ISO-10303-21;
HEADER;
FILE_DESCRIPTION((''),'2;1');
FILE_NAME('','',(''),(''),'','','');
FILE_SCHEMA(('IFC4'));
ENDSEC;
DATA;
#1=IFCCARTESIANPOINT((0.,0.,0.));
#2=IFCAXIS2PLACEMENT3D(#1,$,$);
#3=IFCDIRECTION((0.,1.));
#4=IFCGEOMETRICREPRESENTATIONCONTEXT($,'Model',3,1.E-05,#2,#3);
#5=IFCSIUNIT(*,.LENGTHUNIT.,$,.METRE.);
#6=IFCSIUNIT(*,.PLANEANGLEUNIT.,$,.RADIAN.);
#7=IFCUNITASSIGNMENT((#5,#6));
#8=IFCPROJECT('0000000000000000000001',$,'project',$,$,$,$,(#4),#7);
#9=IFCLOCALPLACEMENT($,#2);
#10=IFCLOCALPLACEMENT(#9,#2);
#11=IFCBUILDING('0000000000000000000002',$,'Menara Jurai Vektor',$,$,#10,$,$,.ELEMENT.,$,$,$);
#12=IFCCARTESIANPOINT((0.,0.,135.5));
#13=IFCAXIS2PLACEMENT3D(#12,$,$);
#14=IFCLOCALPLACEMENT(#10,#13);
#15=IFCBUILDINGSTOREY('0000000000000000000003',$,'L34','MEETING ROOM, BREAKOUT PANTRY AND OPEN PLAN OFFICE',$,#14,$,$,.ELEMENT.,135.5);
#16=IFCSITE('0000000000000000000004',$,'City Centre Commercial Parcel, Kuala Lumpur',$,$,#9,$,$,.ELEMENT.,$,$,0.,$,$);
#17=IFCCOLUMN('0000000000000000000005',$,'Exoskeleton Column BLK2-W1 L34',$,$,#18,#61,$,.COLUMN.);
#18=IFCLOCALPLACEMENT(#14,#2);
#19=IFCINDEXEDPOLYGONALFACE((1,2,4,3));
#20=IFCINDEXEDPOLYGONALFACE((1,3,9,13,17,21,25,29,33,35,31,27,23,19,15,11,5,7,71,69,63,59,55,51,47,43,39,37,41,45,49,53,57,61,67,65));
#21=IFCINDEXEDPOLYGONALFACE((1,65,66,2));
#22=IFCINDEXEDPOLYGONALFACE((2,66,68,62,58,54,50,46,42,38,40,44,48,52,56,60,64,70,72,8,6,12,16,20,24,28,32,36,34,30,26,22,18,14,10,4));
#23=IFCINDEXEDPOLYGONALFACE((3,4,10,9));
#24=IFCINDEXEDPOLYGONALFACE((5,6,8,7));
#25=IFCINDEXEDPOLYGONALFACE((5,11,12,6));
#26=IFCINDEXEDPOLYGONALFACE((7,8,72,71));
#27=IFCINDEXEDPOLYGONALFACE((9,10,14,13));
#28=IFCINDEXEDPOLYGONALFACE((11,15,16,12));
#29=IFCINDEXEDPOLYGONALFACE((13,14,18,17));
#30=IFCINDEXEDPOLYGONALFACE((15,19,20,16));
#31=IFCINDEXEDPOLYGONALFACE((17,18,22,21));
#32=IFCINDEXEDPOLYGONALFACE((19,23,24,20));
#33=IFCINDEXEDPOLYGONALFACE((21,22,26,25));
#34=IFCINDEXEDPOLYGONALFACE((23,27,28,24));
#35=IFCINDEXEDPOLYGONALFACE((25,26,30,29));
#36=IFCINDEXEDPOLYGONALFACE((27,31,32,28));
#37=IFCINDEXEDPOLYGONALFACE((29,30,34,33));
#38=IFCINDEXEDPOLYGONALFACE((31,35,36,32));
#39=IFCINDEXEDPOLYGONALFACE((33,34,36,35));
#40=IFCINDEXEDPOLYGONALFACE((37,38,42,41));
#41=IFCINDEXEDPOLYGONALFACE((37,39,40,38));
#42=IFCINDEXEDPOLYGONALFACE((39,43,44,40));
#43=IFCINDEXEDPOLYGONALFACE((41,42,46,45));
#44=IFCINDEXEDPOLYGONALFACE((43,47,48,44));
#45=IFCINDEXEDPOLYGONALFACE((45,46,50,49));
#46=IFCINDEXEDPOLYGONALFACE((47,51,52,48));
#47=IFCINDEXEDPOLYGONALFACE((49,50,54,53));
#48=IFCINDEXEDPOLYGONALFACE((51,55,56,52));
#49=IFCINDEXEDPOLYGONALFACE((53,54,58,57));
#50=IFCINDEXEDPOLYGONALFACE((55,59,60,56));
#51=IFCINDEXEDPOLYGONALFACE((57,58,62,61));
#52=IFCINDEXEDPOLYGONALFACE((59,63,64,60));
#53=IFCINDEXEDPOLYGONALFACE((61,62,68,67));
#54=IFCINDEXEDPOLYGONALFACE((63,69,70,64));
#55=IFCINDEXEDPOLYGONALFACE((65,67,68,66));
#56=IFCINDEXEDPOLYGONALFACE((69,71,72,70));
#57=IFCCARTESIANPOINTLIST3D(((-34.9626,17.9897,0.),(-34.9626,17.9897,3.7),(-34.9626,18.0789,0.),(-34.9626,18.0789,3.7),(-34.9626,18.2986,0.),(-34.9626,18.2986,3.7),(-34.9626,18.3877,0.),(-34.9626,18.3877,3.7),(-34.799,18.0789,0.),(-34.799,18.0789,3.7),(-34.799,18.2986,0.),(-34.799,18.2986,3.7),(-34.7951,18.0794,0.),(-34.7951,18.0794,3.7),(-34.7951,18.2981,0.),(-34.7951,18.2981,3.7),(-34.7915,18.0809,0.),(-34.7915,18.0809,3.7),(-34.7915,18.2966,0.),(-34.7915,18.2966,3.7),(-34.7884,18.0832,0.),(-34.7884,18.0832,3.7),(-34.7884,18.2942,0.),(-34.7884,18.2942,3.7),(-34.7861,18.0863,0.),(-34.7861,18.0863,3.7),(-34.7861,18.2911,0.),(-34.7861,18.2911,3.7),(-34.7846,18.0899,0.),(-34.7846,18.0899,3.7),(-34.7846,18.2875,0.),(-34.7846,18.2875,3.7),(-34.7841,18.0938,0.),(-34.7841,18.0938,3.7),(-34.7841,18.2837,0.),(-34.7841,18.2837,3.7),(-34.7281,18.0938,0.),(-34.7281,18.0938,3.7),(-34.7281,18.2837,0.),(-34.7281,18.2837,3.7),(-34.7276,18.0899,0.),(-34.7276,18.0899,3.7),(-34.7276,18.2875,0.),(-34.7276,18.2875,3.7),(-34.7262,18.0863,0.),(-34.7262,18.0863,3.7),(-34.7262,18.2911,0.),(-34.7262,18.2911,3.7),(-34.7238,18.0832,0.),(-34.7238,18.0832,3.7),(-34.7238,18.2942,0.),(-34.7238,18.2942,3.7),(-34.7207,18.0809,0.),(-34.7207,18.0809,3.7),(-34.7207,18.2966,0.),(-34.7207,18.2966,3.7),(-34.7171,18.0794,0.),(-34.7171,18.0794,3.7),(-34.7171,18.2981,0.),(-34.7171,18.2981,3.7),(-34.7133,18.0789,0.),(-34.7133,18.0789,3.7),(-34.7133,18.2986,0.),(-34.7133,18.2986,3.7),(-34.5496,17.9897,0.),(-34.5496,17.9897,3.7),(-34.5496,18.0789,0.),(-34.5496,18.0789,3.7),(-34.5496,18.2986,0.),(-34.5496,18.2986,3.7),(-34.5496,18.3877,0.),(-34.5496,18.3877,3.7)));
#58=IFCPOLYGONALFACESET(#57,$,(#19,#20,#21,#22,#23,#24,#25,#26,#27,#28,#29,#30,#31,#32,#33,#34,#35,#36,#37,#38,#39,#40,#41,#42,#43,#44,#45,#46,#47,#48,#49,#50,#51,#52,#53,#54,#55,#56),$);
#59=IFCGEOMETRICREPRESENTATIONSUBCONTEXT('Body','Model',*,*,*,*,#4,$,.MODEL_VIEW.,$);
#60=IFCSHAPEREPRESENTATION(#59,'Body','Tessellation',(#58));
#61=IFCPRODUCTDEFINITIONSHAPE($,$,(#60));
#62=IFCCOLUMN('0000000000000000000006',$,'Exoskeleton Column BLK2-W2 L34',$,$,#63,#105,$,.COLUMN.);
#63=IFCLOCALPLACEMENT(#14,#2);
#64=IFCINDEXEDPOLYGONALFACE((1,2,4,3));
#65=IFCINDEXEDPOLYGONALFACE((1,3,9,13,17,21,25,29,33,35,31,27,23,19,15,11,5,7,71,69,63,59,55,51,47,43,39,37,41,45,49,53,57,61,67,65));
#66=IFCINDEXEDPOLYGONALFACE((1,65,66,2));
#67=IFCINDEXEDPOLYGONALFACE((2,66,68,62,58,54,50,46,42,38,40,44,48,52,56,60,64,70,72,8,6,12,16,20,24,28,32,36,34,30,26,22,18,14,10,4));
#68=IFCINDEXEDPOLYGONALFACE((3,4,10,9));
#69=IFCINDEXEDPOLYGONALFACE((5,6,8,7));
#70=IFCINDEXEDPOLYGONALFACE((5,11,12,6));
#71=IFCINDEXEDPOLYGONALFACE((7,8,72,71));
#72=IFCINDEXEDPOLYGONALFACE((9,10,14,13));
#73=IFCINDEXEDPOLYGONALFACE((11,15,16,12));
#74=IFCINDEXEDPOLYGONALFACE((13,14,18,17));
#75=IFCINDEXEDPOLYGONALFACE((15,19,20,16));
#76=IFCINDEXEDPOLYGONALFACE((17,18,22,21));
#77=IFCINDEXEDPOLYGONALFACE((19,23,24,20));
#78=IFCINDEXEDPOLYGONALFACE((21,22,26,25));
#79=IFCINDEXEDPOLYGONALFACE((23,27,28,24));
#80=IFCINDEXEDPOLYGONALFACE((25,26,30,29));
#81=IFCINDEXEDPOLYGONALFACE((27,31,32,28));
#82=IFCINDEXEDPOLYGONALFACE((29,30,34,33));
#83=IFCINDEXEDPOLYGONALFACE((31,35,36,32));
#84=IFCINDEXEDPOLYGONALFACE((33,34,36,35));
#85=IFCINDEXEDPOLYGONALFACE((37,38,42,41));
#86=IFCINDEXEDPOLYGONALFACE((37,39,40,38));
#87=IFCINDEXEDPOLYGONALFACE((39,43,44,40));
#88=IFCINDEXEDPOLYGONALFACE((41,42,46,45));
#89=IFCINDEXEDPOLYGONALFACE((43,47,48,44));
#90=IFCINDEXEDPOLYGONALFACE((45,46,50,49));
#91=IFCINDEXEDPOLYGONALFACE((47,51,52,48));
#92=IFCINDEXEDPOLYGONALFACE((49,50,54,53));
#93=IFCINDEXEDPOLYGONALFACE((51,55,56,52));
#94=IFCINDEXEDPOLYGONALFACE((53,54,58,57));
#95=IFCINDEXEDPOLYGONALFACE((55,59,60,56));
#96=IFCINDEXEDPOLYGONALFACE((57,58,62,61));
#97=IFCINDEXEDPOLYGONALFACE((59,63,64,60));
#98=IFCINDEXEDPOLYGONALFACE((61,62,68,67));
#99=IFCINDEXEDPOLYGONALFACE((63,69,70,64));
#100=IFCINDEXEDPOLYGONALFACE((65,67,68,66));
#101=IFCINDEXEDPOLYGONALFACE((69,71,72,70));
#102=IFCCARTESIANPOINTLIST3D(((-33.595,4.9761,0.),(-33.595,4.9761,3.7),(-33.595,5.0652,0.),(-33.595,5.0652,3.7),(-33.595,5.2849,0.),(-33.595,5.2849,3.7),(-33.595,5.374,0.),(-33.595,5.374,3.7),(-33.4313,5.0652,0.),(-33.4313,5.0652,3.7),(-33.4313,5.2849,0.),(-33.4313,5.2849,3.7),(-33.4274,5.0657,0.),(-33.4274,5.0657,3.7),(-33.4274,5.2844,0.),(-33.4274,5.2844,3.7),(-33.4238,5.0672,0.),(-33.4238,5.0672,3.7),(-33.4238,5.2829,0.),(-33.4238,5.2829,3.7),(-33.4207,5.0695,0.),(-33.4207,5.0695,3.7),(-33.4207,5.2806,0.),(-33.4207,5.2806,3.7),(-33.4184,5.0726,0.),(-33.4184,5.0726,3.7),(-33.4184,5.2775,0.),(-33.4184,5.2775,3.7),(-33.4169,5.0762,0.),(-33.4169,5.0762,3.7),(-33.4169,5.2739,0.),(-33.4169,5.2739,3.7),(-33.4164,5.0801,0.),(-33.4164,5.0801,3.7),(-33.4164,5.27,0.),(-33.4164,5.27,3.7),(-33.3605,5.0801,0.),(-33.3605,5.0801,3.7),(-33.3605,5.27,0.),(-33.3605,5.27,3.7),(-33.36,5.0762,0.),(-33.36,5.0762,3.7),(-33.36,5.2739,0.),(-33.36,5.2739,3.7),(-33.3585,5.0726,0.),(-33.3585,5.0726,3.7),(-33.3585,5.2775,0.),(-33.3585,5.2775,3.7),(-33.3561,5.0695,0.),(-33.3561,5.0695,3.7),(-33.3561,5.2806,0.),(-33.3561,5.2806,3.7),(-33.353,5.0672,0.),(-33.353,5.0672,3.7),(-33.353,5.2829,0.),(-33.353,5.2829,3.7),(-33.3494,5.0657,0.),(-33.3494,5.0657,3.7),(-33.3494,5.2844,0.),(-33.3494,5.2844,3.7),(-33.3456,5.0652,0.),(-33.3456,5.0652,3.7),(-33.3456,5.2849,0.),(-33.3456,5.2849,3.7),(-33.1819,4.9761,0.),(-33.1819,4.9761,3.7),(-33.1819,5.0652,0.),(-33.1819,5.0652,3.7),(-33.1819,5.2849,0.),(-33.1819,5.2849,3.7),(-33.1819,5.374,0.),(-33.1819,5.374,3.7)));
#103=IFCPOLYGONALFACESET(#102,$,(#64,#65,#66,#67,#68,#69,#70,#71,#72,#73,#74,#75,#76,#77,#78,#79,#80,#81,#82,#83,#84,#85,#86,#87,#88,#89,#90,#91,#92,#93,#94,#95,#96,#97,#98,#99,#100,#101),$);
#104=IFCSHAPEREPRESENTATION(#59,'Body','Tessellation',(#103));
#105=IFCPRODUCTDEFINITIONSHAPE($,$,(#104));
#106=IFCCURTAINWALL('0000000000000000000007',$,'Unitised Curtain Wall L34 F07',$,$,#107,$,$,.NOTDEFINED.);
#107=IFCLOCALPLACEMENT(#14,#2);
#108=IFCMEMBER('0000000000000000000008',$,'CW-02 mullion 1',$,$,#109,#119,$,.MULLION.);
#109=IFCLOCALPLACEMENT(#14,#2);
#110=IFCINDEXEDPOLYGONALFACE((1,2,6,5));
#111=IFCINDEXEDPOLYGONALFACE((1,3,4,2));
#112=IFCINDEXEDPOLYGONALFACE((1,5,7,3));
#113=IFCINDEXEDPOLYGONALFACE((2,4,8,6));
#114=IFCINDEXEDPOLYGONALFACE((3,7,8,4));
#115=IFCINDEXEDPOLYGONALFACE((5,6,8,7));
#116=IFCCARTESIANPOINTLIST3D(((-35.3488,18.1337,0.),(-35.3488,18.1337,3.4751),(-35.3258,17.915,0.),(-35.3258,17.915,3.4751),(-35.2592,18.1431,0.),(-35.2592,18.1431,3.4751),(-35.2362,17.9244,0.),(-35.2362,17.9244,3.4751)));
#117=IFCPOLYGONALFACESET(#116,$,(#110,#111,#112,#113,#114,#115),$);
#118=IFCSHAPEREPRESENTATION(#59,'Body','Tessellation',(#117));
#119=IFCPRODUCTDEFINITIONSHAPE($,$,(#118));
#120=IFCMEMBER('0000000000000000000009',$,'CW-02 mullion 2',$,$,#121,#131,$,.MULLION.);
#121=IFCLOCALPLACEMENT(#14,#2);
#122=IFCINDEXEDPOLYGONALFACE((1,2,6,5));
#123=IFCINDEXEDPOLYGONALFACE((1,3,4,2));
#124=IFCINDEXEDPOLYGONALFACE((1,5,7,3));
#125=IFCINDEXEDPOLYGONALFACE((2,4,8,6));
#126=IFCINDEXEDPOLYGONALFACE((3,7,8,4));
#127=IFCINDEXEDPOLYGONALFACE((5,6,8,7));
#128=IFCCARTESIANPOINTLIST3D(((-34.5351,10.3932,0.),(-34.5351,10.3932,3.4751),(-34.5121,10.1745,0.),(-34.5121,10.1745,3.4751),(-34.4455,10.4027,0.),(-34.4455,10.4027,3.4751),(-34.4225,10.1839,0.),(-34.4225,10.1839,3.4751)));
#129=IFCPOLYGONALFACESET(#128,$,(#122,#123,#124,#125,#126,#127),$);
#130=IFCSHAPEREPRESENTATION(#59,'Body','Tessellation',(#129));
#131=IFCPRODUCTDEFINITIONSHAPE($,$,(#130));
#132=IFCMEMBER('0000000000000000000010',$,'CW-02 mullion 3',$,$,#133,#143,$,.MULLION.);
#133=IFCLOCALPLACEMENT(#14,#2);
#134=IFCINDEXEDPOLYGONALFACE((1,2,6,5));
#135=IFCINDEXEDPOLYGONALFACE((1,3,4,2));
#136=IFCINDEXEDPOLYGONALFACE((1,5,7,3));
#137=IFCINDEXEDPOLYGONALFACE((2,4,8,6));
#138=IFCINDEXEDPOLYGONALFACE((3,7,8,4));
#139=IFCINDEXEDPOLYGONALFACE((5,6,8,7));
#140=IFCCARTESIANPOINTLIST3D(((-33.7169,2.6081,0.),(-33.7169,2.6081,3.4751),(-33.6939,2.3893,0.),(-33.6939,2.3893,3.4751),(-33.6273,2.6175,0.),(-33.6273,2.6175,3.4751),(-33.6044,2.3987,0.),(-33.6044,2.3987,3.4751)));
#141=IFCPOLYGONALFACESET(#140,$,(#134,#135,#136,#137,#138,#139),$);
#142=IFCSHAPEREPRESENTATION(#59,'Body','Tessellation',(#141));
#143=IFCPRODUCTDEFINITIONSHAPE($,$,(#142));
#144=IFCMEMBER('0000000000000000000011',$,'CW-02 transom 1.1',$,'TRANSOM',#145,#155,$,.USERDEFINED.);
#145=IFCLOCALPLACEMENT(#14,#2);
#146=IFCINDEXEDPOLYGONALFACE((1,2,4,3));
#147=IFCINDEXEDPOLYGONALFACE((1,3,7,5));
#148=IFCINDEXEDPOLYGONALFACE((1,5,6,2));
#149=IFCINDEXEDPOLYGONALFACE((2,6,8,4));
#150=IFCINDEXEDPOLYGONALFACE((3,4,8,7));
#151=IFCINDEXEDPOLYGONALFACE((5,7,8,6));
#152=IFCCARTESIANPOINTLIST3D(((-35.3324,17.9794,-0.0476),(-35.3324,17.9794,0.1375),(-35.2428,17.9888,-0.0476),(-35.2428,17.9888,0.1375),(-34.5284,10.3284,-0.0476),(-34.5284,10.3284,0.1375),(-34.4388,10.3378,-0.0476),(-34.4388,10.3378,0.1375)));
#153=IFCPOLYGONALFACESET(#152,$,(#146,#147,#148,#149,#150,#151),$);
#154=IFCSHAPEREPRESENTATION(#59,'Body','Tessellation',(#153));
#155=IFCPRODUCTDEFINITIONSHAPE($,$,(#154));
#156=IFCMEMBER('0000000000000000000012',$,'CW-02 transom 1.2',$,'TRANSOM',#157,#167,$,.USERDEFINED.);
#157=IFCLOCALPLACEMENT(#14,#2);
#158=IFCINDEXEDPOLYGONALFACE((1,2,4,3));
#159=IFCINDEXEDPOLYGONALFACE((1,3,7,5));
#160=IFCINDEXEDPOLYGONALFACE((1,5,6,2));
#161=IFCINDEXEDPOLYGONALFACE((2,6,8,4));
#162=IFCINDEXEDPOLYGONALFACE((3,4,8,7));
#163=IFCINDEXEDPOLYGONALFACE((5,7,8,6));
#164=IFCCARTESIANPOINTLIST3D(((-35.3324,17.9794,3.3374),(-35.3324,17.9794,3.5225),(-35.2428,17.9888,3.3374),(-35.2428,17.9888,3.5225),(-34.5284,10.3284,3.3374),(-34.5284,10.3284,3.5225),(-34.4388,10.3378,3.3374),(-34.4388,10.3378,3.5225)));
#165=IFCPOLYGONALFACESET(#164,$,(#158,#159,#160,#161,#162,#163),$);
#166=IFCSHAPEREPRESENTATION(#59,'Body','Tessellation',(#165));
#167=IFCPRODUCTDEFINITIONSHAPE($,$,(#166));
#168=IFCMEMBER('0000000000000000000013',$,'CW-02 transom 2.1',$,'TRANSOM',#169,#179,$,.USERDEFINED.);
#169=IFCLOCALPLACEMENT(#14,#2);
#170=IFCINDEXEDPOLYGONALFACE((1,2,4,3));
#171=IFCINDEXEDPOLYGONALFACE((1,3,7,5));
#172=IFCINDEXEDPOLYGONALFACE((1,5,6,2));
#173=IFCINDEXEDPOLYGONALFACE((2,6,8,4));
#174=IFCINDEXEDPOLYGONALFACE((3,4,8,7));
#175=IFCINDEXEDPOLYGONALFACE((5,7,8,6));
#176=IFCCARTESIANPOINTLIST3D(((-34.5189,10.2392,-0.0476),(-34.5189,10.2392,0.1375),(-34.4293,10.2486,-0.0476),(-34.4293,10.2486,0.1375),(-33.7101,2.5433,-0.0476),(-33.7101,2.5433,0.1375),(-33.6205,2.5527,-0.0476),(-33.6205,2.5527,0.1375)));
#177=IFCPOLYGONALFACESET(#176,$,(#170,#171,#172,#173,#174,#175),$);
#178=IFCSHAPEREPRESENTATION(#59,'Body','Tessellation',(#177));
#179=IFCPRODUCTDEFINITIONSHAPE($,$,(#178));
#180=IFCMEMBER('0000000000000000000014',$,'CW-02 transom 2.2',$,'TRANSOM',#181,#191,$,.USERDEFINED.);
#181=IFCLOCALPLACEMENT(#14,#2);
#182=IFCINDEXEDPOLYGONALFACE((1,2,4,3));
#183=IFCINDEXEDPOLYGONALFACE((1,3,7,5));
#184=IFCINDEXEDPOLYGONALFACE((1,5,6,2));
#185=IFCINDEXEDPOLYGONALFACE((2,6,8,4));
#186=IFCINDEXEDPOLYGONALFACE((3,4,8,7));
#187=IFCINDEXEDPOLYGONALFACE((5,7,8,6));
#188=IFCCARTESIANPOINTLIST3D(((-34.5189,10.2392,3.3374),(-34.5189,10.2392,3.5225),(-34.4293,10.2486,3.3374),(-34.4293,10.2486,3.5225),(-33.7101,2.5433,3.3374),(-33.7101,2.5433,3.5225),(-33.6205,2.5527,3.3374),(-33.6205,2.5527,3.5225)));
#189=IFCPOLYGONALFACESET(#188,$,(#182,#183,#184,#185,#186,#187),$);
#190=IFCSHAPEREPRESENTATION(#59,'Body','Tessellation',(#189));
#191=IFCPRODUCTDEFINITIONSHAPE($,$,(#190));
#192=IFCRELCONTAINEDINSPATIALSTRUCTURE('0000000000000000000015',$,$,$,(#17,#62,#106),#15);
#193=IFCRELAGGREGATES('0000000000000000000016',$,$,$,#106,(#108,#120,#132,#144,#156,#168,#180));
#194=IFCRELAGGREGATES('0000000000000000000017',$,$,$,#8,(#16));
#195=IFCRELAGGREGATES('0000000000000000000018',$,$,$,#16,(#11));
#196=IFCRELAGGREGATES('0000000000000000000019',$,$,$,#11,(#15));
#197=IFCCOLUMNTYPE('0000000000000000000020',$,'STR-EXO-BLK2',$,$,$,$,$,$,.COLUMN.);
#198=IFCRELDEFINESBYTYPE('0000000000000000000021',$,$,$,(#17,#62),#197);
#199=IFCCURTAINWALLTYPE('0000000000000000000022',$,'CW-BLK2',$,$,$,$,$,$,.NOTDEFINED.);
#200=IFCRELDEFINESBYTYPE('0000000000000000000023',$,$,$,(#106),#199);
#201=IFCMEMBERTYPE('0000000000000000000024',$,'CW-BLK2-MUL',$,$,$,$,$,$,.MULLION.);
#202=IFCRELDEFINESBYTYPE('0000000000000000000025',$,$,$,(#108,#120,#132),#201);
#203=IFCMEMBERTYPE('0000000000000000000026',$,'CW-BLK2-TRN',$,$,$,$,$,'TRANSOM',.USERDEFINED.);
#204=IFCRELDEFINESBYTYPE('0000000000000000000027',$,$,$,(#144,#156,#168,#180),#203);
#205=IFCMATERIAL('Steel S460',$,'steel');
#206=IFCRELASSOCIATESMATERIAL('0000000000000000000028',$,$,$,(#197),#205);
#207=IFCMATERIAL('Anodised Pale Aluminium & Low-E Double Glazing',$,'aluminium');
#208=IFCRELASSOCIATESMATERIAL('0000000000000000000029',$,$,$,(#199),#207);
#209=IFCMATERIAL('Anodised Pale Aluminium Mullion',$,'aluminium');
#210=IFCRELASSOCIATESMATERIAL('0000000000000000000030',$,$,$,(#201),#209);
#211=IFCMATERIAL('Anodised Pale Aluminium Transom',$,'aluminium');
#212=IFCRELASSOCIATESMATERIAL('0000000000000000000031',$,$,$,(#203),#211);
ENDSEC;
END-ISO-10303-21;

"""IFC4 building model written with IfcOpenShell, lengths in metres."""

from ifc_helpers import new_model, si_unit, direction, frame, origin, origin_2d, place, context, subcontext, project, spatial, rectangle, i_section, extrude, material, material_profile, profile_set, type_object, element, aggregate, save


model = new_model("IFC4")

# Units and contexts
model_context = context("Model", 3, precision=1e-05, world=origin(), true_north=direction((0.0, 1.0)))
body_context = subcontext(model_context, "Body", "Model", "MODEL_VIEW")
ifc_project = project(units=[si_unit("LENGTHUNIT", "METRE"), si_unit("PLANEANGLEUNIT", "RADIAN")], contexts=[model_context])

# Site, building, storey
site_placement = place(None, origin())
site = spatial("IfcSite", under=ifc_project, at=site_placement, Name="City Centre Commercial Parcel, Kuala Lumpur", CompositionType="ELEMENT", RefElevation=0.0)
building_placement = place(site_placement, origin())
building = spatial("IfcBuilding", under=site, at=building_placement, Name="Menara Jurai Vektor", CompositionType="ELEMENT")
storey_placement = place(building_placement, frame((0.0, 0.0, 135.5)))
storey = spatial("IfcBuildingStorey", under=building, at=storey_placement, Name="L34", Description="MEETING ROOM, BREAKOUT PANTRY AND OPEN PLAN OFFICE", CompositionType="ELEMENT", Elevation=135.5)

# Columns
ifc_material_1 = material(Name="Steel S460", Category="steel")
ifc_material_profile_1 = material_profile(ifc_material_1, i_section(OverallWidth=0.4131, OverallDepth=0.3979, WebThickness=0.0559, FlangeThickness=0.0891, FilletRadius=0.0149, at=origin_2d()), Name="HD 400x744")
ifc_profile_set_1 = profile_set([ifc_material_profile_1], Name="Steel S460")
column_type = type_object("IfcColumnType", Name="STR-EXO-BLK2", PredefinedType="COLUMN", material=ifc_profile_set_1)
for number, where, z_axis, x_axis, name in (
    (1, (-34.7561, 18.1887, 0.0), (0.0, 0.0, 1.0), (1.0, 0.0, 0.0), "Exoskeleton Column BLK2-W1 L34"),
    (2, (-33.3884, 5.175, 0.0), (0.0, 0.0, 1.0), (1.0, 0.0, 0.0), "Exoskeleton Column BLK2-W2 L34"),
):
    element("IfcColumn", number, at=place(storey_placement, frame(where, z_axis=z_axis, x_axis=x_axis)), inside=storey, type_object=column_type, Name=name, PredefinedType="COLUMN", context=body_context, shape_type="SweptSolid", body=[
        extrude(i_section(OverallWidth=0.4131, OverallDepth=0.3979, WebThickness=0.0559, FlangeThickness=0.0891, FilletRadius=0.0149, at=origin_2d()), origin(), (0.0, 0.0, 1.0), 3.7),
    ])

# Curtain wall, members
ifc_material_2 = material(Name="Anodised Pale Aluminium & Low-E Double Glazing", Category="aluminium")
curtain_wall_type = type_object("IfcCurtainWallType", Name="CW-BLK2", PredefinedType="NOTDEFINED", material=ifc_material_2)
curtain_wall_placement = place(storey_placement, origin())
curtain_wall = element("IfcCurtainWall", 3, at=curtain_wall_placement, inside=storey, type_object=curtain_wall_type, Name="Unitised Curtain Wall L34 F07", PredefinedType="NOTDEFINED")
ifc_material_3 = material(Name="Anodised Pale Aluminium Mullion", Category="aluminium")
ifc_material_profile_2 = material_profile(ifc_material_3, rectangle(XDim=0.0901, YDim=0.22, at=origin_2d()), Name="ALU MUL 90x220")
ifc_profile_set_2 = profile_set([ifc_material_profile_2], Name="Anodised Pale Aluminium Mullion")
member_type_1 = type_object("IfcMemberType", Name="CW-BLK2-MUL", PredefinedType="MULLION", material=ifc_profile_set_2)
member_1_placement = place(storey_placement, frame((-35.2925, 18.0291, 0.0), z_axis=(0.0, 0.0, 1.0), x_axis=(0.994522, 0.10453, 0.0)))
member_1 = element("IfcMember", 4, at=member_1_placement, type_object=member_type_1, Name="CW-02 mullion 1", PredefinedType="MULLION", context=body_context, shape_type="SweptSolid", body=[
    extrude(rectangle(XDim=0.0901, YDim=0.22, at=origin_2d()), origin(), (0.0, 0.0, 1.0), 3.4751),
])
member_2_placement = place(storey_placement, frame((-34.4788, 10.2886, 0.0), z_axis=(0.0, 0.0, 1.0), x_axis=(0.994522, 0.10453, 0.0)))
member_2 = element("IfcMember", 5, at=member_2_placement, type_object=member_type_1, Name="CW-02 mullion 2", PredefinedType="MULLION", context=body_context, shape_type="SweptSolid", body=[
    extrude(rectangle(XDim=0.0901, YDim=0.22, at=origin_2d()), origin(), (0.0, 0.0, 1.0), 3.4751),
])
member_3_placement = place(storey_placement, frame((-33.6606, 2.5034, 0.0), z_axis=(0.0, 0.0, 1.0), x_axis=(0.994522, 0.10453, 0.0)))
member_3 = element("IfcMember", 6, at=member_3_placement, type_object=member_type_1, Name="CW-02 mullion 3", PredefinedType="MULLION", context=body_context, shape_type="SweptSolid", body=[
    extrude(rectangle(XDim=0.0901, YDim=0.22, at=origin_2d()), origin(), (0.0, 0.0, 1.0), 3.4751),
])
ifc_material_4 = material(Name="Anodised Pale Aluminium Transom", Category="aluminium")
ifc_material_profile_3 = material_profile(ifc_material_4, rectangle(XDim=0.0901, YDim=0.1851, at=origin_2d()), Name="ALU TRN 90x185")
ifc_profile_set_3 = profile_set([ifc_material_profile_3], Name="Anodised Pale Aluminium Transom")
member_type_2 = type_object("IfcMemberType", Name="CW-BLK2-TRN", ElementType="TRANSOM", PredefinedType="USERDEFINED", material=ifc_profile_set_3)
member_4_placement = place(storey_placement, frame((-35.2876, 17.9841, 0.0449), z_axis=(0.104505, -0.994524, 0.0), x_axis=(0.994524, 0.104505, 0.0)))
member_4 = element("IfcMember", 7, at=member_4_placement, type_object=member_type_2, Name="CW-02 transom 1.1", ObjectType="TRANSOM", PredefinedType="USERDEFINED", context=body_context, shape_type="SweptSolid", body=[
    extrude(rectangle(XDim=0.0901, YDim=0.1851, at=origin_2d()), origin(), (0.0, 0.0, 1.0), 7.6931),
])
member_5_placement = place(storey_placement, frame((-35.2876, 17.9841, 3.4299), z_axis=(0.104505, -0.994524, 0.0), x_axis=(0.994524, 0.104505, 0.0)))
member_5 = element("IfcMember", 8, at=member_5_placement, type_object=member_type_2, Name="CW-02 transom 1.2", ObjectType="TRANSOM", PredefinedType="USERDEFINED", context=body_context, shape_type="SweptSolid", body=[
    extrude(rectangle(XDim=0.0901, YDim=0.1851, at=origin_2d()), origin(), (0.0, 0.0, 1.0), 7.6931),
])
member_6_placement = place(storey_placement, frame((-34.4741, 10.2439, 0.0449), z_axis=(0.104525, -0.994522, 0.0), x_axis=(0.994522, 0.104525, 0.0)))
member_6 = element("IfcMember", 9, at=member_6_placement, type_object=member_type_2, Name="CW-02 transom 2.1", ObjectType="TRANSOM", PredefinedType="USERDEFINED", context=body_context, shape_type="SweptSolid", body=[
    extrude(rectangle(XDim=0.0901, YDim=0.1851, at=origin_2d()), origin(), (0.0, 0.0, 1.0), 7.7383),
])
member_7_placement = place(storey_placement, frame((-34.4741, 10.2439, 3.4299), z_axis=(0.104525, -0.994522, 0.0), x_axis=(0.994522, 0.104525, 0.0)))
member_7 = element("IfcMember", 10, at=member_7_placement, type_object=member_type_2, Name="CW-02 transom 2.2", ObjectType="TRANSOM", PredefinedType="USERDEFINED", context=body_context, shape_type="SweptSolid", body=[
    extrude(rectangle(XDim=0.0901, YDim=0.1851, at=origin_2d()), origin(), (0.0, 0.0, 1.0), 7.7383),
])

aggregate(curtain_wall, [member_1, member_2, member_3, member_4, member_5, member_6, member_7])

save(model, "model.ifc")
